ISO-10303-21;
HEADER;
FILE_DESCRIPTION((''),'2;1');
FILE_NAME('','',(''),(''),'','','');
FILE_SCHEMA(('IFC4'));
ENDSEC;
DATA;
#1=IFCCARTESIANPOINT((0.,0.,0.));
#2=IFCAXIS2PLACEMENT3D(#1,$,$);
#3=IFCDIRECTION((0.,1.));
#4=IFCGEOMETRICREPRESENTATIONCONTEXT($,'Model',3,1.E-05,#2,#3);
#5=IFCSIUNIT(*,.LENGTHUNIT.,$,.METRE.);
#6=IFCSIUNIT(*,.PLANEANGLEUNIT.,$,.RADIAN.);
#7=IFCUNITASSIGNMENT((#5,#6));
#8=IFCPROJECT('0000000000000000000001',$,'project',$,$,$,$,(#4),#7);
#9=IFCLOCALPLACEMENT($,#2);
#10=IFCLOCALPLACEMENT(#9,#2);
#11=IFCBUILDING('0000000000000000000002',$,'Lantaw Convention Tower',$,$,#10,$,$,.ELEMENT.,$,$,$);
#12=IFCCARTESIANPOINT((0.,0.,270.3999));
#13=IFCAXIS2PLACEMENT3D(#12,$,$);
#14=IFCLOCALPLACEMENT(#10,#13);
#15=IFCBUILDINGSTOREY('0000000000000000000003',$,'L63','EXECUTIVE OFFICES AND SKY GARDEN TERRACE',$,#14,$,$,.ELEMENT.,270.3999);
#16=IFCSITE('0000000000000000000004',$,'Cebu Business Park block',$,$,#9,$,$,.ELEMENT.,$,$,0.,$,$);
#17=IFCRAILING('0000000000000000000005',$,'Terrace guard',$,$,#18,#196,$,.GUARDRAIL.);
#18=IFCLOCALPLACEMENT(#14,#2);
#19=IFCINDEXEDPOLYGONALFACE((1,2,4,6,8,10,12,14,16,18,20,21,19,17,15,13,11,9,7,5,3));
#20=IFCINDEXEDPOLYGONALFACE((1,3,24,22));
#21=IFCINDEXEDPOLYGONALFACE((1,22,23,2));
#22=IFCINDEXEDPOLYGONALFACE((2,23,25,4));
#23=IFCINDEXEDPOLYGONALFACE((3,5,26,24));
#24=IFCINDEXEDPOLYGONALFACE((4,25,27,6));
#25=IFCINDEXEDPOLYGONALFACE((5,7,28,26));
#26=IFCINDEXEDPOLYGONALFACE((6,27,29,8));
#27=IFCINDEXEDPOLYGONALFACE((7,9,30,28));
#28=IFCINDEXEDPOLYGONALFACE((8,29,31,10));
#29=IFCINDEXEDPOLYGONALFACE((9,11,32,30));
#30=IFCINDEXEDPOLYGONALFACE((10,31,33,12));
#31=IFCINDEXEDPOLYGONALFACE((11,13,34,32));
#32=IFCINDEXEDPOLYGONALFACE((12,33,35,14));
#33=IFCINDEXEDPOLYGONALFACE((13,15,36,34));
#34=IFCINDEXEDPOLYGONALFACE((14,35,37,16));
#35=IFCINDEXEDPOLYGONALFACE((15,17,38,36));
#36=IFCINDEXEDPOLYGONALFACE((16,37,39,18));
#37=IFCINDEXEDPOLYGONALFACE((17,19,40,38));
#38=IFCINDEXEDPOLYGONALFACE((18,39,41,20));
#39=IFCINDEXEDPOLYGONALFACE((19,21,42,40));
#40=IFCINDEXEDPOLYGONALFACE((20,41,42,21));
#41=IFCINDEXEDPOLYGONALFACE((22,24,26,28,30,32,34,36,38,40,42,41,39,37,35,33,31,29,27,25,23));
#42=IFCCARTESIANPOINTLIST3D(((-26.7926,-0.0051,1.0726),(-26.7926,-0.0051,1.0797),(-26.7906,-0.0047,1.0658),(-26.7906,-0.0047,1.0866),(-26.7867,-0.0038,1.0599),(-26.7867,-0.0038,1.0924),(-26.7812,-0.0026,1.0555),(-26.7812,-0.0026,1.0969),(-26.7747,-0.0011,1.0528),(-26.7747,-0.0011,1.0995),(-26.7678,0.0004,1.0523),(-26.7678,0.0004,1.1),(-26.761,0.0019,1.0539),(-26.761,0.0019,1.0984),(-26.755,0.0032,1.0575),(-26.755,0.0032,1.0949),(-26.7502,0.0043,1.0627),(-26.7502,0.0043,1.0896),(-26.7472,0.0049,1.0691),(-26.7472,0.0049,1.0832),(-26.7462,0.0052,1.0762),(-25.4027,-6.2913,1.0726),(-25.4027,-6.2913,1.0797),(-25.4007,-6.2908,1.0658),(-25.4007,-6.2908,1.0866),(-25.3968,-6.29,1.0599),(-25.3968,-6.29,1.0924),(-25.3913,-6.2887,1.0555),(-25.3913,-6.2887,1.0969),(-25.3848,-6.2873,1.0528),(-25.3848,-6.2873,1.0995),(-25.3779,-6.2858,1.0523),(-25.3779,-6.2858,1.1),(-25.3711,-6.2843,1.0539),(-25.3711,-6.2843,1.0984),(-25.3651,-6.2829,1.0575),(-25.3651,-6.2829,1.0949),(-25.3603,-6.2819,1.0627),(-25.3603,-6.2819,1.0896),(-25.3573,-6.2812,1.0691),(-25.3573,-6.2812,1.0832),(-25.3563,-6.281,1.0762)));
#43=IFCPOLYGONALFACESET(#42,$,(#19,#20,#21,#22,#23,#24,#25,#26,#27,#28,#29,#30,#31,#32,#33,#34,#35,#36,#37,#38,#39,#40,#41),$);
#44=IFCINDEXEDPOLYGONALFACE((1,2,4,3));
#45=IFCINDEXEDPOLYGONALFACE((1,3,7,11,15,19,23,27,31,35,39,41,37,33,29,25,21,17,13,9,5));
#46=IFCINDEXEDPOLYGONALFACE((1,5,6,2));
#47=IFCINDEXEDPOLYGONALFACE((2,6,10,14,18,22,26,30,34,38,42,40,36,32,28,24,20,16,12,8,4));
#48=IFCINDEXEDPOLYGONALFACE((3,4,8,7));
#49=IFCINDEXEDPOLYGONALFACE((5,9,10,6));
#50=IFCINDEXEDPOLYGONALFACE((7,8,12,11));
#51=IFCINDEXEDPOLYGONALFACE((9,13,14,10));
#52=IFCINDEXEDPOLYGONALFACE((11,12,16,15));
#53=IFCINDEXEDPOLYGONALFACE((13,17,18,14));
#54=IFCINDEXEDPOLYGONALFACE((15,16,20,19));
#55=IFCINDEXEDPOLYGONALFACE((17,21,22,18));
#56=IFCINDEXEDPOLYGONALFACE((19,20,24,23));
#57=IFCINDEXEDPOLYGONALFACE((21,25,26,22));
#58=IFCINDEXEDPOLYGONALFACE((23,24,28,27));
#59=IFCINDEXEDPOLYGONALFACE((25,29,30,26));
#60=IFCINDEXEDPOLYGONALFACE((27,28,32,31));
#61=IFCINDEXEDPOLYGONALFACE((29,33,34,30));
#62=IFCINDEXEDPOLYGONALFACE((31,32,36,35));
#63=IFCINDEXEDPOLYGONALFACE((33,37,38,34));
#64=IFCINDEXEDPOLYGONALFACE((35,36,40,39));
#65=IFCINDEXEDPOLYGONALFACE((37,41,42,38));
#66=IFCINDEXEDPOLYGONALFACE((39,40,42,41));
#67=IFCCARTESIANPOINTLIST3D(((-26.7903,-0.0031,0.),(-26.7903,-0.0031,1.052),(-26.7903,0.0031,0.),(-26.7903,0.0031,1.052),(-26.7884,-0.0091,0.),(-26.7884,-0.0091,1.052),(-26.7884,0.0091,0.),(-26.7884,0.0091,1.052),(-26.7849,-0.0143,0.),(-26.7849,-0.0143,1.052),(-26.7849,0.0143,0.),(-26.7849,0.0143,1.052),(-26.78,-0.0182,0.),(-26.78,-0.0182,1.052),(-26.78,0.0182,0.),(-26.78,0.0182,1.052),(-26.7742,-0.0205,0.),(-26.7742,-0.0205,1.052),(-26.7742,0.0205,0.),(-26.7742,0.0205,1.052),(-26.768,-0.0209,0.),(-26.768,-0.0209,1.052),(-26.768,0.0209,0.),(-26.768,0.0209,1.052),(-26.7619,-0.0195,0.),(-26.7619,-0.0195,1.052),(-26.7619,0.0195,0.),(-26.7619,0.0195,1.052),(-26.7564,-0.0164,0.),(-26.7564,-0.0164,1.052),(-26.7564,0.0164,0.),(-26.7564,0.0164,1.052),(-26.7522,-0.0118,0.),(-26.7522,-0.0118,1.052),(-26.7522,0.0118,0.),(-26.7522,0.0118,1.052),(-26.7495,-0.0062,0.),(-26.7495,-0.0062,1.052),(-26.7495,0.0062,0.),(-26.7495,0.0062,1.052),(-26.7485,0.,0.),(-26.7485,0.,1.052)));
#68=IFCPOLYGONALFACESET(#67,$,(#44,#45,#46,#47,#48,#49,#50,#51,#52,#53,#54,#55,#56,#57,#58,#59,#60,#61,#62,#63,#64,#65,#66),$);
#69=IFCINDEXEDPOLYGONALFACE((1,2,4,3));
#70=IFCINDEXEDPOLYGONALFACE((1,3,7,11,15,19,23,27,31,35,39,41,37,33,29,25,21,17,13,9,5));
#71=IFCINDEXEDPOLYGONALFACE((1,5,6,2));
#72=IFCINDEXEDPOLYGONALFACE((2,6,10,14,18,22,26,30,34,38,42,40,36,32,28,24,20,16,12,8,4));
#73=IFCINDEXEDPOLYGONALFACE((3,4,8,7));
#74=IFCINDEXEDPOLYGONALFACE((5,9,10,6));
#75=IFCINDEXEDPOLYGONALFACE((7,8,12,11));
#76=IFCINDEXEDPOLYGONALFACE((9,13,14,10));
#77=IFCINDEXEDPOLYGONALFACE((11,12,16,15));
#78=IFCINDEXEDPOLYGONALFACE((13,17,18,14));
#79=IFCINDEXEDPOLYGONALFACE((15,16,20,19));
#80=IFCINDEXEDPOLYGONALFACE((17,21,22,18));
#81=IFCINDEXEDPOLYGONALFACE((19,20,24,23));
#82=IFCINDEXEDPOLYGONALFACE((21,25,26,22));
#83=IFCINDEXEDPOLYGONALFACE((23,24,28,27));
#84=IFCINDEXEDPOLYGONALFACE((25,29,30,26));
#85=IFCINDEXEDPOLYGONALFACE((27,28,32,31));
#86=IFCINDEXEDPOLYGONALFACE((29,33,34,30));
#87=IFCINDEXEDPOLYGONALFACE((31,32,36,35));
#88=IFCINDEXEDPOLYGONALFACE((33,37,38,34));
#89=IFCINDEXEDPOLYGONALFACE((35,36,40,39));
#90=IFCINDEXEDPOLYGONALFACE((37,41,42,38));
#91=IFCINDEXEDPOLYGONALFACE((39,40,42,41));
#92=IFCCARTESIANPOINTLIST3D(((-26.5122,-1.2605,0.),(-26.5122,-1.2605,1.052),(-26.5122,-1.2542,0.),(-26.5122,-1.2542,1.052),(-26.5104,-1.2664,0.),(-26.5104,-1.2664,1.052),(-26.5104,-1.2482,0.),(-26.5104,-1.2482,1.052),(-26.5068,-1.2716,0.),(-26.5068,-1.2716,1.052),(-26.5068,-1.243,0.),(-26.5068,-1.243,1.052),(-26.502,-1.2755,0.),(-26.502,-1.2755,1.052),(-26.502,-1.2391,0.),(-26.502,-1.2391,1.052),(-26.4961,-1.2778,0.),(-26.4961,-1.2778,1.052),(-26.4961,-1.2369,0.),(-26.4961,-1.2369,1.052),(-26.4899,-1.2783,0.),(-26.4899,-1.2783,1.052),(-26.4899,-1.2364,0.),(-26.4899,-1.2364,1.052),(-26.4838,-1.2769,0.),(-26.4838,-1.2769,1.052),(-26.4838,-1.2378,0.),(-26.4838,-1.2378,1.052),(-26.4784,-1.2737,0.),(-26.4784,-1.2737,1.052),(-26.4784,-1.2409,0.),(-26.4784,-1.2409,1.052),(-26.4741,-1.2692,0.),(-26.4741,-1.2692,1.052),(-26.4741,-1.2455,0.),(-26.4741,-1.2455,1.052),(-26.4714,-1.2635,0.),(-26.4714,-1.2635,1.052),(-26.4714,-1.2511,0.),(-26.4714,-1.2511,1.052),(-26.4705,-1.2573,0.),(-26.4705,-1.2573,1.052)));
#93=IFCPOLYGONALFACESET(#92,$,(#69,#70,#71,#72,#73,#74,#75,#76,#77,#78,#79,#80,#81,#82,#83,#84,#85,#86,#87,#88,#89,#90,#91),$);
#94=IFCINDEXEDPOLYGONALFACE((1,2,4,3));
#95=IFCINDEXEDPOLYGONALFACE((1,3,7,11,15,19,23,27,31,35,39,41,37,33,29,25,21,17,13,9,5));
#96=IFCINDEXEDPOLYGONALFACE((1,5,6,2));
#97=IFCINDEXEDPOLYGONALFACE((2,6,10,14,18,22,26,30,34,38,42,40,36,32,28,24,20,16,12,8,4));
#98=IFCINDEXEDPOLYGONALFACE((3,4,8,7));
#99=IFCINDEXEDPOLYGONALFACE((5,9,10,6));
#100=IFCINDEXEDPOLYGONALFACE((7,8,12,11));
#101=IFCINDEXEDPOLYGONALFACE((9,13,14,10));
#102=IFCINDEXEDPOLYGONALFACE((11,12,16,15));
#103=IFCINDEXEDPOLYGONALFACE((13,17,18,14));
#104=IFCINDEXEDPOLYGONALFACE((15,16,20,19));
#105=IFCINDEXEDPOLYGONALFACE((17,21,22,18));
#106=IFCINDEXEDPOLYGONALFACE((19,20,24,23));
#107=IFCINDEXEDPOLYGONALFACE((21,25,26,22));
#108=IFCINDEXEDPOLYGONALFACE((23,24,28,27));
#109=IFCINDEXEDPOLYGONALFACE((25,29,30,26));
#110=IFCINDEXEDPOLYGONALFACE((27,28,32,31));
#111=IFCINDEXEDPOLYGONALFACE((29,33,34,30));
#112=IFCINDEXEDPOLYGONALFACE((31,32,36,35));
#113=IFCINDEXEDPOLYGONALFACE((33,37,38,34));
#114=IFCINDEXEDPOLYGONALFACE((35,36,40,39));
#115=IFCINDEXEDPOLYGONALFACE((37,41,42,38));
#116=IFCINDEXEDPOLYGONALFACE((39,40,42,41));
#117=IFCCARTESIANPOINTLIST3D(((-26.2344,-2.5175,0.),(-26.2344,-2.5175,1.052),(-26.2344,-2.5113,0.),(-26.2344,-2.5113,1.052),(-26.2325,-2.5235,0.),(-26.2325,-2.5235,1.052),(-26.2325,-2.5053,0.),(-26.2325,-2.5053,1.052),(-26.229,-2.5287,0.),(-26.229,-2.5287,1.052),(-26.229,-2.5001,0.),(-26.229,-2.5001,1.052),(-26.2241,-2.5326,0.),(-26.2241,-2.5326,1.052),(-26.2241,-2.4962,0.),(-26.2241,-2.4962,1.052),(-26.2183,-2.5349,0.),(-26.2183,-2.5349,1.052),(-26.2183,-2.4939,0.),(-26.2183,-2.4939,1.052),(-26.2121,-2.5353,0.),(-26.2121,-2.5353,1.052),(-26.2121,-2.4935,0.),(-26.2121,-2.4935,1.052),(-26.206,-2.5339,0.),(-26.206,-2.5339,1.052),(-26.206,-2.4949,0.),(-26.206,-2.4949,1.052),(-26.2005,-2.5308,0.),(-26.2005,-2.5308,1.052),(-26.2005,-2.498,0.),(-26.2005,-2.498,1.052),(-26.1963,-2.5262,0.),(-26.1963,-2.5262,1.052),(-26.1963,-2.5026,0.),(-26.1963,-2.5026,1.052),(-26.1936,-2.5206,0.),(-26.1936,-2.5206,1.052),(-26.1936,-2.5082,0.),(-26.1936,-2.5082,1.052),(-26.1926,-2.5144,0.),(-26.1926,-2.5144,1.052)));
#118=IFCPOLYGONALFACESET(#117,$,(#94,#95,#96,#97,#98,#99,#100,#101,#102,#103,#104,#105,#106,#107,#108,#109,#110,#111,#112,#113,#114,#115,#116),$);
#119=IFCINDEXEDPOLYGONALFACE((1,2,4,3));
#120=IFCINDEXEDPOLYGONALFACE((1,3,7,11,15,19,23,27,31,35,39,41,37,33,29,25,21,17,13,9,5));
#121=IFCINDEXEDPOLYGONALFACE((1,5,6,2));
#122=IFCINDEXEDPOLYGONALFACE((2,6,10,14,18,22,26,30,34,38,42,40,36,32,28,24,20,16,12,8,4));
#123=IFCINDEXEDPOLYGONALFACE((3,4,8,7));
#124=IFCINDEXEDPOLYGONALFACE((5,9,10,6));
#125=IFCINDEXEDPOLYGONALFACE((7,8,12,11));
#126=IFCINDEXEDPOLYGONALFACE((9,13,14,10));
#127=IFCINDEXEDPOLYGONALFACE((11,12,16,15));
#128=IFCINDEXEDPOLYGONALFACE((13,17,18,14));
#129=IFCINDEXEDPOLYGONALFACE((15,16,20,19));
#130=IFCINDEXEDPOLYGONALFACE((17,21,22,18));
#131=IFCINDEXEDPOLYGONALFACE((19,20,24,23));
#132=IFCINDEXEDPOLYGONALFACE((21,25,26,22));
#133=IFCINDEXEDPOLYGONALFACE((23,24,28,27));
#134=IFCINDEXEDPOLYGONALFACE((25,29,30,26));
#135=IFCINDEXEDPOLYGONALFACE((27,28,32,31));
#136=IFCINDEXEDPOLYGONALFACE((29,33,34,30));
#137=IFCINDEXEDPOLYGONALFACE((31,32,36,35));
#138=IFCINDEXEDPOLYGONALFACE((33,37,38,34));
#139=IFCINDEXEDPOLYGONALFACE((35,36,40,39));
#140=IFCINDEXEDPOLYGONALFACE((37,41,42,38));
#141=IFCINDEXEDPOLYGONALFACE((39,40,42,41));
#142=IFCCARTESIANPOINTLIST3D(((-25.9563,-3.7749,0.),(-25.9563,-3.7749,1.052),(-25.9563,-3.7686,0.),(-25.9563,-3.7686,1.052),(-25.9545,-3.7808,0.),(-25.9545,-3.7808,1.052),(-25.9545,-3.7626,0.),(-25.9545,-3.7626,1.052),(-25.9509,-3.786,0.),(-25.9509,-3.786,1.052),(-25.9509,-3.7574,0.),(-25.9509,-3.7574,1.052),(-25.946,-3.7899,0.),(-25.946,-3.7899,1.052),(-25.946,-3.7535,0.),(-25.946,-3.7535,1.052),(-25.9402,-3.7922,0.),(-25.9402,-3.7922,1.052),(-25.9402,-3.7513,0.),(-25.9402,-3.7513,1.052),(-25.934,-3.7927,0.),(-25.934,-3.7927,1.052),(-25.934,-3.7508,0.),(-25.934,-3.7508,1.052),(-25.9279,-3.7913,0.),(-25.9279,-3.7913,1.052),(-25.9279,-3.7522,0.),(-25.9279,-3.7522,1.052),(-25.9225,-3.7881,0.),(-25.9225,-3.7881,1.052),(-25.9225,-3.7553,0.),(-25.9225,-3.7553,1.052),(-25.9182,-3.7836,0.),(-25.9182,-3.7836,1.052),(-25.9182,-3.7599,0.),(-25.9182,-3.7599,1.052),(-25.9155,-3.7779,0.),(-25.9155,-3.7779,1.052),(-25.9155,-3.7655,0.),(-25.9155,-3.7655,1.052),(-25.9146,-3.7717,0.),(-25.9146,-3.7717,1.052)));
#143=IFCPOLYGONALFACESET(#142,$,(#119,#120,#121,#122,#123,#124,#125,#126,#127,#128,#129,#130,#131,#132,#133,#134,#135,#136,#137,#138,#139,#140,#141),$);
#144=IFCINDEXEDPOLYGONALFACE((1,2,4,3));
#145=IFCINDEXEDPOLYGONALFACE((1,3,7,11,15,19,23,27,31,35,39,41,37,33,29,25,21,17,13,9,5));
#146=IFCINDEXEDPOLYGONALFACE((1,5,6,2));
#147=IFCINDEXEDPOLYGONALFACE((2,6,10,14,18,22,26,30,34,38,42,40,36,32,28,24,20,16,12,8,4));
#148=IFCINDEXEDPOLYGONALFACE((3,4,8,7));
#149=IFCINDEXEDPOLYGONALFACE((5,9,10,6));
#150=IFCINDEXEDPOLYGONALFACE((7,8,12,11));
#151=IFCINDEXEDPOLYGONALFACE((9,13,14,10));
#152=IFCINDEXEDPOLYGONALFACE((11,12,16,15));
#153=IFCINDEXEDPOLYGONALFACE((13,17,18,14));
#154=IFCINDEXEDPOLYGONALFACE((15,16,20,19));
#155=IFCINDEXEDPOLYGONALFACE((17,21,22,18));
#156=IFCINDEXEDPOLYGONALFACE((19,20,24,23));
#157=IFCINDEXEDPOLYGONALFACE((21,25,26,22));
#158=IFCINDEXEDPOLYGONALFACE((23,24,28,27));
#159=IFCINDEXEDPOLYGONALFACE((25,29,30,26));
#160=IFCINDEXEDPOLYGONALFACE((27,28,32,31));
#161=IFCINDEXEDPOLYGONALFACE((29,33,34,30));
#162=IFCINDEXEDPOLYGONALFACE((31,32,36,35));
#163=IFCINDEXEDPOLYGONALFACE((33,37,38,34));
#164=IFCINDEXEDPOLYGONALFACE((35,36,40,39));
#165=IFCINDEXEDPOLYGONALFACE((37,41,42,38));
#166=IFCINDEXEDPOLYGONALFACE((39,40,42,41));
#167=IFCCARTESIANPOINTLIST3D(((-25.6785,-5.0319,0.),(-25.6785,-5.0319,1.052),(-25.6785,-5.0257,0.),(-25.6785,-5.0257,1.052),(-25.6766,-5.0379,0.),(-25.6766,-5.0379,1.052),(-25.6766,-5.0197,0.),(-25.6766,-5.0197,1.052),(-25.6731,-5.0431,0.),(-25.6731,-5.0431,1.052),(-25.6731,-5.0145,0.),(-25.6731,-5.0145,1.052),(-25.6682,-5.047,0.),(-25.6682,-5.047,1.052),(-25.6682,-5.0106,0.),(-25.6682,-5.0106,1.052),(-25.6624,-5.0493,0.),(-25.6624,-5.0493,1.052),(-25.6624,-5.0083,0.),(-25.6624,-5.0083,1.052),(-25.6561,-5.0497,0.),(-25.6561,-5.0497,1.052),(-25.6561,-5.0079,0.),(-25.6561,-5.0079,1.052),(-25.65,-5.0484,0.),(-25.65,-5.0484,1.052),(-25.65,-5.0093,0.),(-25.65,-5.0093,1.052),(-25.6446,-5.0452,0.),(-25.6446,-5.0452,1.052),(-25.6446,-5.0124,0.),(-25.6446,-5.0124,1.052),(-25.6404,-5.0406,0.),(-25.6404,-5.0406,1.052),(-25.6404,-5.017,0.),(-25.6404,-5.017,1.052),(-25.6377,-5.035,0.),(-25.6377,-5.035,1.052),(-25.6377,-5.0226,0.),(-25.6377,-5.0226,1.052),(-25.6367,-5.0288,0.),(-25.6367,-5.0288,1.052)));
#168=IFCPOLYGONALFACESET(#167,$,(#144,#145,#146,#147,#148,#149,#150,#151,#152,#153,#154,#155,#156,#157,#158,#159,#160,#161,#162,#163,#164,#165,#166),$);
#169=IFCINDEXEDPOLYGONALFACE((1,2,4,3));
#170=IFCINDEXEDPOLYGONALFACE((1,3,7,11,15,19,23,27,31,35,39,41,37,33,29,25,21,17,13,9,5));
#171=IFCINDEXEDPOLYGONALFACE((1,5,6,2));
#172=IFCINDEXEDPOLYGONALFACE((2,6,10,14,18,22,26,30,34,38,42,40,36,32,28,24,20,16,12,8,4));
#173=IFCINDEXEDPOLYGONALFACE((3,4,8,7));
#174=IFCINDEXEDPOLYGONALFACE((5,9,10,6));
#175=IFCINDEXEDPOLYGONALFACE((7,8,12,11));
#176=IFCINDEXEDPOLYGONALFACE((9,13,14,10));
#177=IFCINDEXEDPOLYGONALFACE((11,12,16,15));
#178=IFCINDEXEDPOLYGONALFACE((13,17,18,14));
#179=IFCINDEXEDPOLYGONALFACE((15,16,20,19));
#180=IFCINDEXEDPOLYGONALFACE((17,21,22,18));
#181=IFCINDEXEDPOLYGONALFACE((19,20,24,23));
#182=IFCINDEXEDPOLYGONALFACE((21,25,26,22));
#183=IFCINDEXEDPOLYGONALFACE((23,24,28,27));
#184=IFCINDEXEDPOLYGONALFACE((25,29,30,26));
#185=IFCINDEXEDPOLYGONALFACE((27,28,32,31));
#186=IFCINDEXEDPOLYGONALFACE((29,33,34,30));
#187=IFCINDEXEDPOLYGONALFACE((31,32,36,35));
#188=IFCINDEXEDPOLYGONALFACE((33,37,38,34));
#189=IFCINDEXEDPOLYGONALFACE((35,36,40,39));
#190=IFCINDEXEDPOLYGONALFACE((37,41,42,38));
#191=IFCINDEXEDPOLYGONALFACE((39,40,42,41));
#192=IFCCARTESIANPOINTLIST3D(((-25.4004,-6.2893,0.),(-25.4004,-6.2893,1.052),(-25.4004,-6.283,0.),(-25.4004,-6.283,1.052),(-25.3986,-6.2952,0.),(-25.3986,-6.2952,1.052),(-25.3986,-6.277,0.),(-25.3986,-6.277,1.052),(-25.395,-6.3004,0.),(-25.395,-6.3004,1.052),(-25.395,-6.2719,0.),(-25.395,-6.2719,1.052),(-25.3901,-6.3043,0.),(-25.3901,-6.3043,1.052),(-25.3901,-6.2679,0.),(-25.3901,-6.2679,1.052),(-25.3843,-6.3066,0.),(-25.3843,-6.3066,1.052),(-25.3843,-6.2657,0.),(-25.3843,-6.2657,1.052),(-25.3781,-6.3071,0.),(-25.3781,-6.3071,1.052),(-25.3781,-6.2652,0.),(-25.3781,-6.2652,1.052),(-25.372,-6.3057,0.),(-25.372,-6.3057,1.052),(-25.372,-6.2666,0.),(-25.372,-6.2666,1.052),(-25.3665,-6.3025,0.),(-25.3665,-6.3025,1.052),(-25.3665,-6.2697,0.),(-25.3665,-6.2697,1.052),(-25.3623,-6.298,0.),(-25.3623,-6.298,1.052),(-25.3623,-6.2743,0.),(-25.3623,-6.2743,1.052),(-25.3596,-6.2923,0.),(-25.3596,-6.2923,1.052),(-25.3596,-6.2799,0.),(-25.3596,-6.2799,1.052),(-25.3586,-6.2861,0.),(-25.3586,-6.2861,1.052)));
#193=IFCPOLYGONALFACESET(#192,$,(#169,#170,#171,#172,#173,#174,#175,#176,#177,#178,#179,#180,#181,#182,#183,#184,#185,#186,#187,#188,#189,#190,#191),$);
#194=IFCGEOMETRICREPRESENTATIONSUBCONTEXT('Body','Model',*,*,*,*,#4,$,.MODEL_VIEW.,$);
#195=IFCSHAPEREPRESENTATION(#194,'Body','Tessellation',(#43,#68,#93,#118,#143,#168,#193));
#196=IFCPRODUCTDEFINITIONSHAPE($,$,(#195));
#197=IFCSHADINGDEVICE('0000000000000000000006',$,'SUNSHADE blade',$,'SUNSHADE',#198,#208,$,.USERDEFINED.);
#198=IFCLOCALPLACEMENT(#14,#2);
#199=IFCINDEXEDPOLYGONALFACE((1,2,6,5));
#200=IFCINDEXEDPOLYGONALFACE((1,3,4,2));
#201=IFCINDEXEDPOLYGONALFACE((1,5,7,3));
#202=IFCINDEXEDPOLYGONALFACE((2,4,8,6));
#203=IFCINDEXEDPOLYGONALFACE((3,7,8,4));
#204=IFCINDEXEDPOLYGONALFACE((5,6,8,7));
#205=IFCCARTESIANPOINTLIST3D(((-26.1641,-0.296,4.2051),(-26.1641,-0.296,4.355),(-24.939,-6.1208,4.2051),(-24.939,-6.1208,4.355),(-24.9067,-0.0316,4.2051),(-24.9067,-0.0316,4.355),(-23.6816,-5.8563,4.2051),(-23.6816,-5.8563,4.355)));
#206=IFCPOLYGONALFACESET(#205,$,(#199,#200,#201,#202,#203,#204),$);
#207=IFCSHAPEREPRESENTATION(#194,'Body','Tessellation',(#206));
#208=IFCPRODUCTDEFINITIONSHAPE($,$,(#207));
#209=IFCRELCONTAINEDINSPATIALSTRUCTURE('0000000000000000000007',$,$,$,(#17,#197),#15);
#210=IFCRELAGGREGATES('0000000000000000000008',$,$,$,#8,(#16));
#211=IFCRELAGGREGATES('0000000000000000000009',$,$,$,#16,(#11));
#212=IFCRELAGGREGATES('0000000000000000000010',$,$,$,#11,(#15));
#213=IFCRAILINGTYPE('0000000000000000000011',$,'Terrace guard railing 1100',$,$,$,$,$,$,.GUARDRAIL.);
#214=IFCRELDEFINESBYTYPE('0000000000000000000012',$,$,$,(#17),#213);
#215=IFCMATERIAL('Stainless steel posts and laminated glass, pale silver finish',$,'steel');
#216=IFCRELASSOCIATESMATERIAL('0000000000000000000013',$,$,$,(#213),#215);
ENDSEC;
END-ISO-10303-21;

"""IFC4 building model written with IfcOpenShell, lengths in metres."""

from ifc_helpers import new_model, si_unit, direction, frame, origin, origin_2d, place, context, subcontext, project, spatial, rectangle, circle, extrude, material, type_object, element, save


model = new_model("IFC4")

# Units and contexts
model_context = context("Model", 3, precision=1e-05, world=origin(), true_north=direction((0.0, 1.0)))
body_context = subcontext(model_context, "Body", "Model", "MODEL_VIEW")
ifc_project = project(units=[si_unit("LENGTHUNIT", "METRE"), si_unit("PLANEANGLEUNIT", "RADIAN")], contexts=[model_context])

# Site, building, storey
site_placement = place(None, origin())
site = spatial("IfcSite", under=ifc_project, at=site_placement, Name="Cebu Business Park block", CompositionType="ELEMENT", RefElevation=0.0)
building_placement = place(site_placement, origin())
building = spatial("IfcBuilding", under=site, at=building_placement, Name="Lantaw Convention Tower", CompositionType="ELEMENT")
storey_placement = place(building_placement, frame((0.0, 0.0, 270.3999)))
storey = spatial("IfcBuildingStorey", under=building, at=storey_placement, Name="L63", Description="EXECUTIVE OFFICES AND SKY GARDEN TERRACE", CompositionType="ELEMENT", Elevation=270.3999)

# Railing
ifc_material_1 = material(Name="Stainless steel posts and laminated glass, pale silver finish", Category="steel")
railing_type = type_object("IfcRailingType", Name="Terrace guard railing 1100", PredefinedType="GUARDRAIL", material=ifc_material_1)
railing_1_placement = place(storey_placement, frame((-26.7695, 0.0, 0.0)))
element("IfcRailing", 1, at=railing_1_placement, inside=storey, type_object=railing_type, Name="Terrace guard", PredefinedType="GUARDRAIL", context=body_context, shape_type="SweptSolid", body=[
    extrude(circle(Radius=0.0239, at=origin_2d()), frame((0.0, 0.0, 1.0762), z_axis=(0.21589, -0.976418, 0.0), x_axis=(0.976418, 0.21589, 0.0)), (0.0, 0.0, 1.0), 6.438),
    extrude(circle(Radius=0.021, at=origin_2d()), origin(), (0.0, 0.0, 1.0), 1.052),
    extrude(circle(Radius=0.021, at=origin_2d()), frame((0.2781, -1.2573, 0.0)), (0.0, 0.0, 1.0), 1.052),
    extrude(circle(Radius=0.021, at=origin_2d()), frame((0.5559, -2.5144, 0.0)), (0.0, 0.0, 1.0), 1.052),
    extrude(circle(Radius=0.021, at=origin_2d()), frame((0.834, -3.7717, 0.0)), (0.0, 0.0, 1.0), 1.052),
    extrude(circle(Radius=0.021, at=origin_2d()), frame((1.1118, -5.0288, 0.0)), (0.0, 0.0, 1.0), 1.052),
    extrude(circle(Radius=0.021, at=origin_2d()), frame((1.3899, -6.2861, 0.0)), (0.0, 0.0, 1.0), 1.052),
])

# Shading device
shading_device_placement = place(storey_placement, frame((-24.9229, -3.0762, 4.2051), z_axis=(0.0, 0.0, 1.0), x_axis=(0.205814, -0.978591, 0.0)))
element("IfcShadingDevice", 2, at=shading_device_placement, inside=storey, Name="SUNSHADE blade", ObjectType="SUNSHADE", PredefinedType="USERDEFINED", context=body_context, shape_type="SweptSolid", body=[
    extrude(rectangle(XDim=5.9521, YDim=1.2849, at=origin_2d()), origin(), (0.0, 0.0, 1.0), 0.1499),
])

save(model, "model.ifc")
